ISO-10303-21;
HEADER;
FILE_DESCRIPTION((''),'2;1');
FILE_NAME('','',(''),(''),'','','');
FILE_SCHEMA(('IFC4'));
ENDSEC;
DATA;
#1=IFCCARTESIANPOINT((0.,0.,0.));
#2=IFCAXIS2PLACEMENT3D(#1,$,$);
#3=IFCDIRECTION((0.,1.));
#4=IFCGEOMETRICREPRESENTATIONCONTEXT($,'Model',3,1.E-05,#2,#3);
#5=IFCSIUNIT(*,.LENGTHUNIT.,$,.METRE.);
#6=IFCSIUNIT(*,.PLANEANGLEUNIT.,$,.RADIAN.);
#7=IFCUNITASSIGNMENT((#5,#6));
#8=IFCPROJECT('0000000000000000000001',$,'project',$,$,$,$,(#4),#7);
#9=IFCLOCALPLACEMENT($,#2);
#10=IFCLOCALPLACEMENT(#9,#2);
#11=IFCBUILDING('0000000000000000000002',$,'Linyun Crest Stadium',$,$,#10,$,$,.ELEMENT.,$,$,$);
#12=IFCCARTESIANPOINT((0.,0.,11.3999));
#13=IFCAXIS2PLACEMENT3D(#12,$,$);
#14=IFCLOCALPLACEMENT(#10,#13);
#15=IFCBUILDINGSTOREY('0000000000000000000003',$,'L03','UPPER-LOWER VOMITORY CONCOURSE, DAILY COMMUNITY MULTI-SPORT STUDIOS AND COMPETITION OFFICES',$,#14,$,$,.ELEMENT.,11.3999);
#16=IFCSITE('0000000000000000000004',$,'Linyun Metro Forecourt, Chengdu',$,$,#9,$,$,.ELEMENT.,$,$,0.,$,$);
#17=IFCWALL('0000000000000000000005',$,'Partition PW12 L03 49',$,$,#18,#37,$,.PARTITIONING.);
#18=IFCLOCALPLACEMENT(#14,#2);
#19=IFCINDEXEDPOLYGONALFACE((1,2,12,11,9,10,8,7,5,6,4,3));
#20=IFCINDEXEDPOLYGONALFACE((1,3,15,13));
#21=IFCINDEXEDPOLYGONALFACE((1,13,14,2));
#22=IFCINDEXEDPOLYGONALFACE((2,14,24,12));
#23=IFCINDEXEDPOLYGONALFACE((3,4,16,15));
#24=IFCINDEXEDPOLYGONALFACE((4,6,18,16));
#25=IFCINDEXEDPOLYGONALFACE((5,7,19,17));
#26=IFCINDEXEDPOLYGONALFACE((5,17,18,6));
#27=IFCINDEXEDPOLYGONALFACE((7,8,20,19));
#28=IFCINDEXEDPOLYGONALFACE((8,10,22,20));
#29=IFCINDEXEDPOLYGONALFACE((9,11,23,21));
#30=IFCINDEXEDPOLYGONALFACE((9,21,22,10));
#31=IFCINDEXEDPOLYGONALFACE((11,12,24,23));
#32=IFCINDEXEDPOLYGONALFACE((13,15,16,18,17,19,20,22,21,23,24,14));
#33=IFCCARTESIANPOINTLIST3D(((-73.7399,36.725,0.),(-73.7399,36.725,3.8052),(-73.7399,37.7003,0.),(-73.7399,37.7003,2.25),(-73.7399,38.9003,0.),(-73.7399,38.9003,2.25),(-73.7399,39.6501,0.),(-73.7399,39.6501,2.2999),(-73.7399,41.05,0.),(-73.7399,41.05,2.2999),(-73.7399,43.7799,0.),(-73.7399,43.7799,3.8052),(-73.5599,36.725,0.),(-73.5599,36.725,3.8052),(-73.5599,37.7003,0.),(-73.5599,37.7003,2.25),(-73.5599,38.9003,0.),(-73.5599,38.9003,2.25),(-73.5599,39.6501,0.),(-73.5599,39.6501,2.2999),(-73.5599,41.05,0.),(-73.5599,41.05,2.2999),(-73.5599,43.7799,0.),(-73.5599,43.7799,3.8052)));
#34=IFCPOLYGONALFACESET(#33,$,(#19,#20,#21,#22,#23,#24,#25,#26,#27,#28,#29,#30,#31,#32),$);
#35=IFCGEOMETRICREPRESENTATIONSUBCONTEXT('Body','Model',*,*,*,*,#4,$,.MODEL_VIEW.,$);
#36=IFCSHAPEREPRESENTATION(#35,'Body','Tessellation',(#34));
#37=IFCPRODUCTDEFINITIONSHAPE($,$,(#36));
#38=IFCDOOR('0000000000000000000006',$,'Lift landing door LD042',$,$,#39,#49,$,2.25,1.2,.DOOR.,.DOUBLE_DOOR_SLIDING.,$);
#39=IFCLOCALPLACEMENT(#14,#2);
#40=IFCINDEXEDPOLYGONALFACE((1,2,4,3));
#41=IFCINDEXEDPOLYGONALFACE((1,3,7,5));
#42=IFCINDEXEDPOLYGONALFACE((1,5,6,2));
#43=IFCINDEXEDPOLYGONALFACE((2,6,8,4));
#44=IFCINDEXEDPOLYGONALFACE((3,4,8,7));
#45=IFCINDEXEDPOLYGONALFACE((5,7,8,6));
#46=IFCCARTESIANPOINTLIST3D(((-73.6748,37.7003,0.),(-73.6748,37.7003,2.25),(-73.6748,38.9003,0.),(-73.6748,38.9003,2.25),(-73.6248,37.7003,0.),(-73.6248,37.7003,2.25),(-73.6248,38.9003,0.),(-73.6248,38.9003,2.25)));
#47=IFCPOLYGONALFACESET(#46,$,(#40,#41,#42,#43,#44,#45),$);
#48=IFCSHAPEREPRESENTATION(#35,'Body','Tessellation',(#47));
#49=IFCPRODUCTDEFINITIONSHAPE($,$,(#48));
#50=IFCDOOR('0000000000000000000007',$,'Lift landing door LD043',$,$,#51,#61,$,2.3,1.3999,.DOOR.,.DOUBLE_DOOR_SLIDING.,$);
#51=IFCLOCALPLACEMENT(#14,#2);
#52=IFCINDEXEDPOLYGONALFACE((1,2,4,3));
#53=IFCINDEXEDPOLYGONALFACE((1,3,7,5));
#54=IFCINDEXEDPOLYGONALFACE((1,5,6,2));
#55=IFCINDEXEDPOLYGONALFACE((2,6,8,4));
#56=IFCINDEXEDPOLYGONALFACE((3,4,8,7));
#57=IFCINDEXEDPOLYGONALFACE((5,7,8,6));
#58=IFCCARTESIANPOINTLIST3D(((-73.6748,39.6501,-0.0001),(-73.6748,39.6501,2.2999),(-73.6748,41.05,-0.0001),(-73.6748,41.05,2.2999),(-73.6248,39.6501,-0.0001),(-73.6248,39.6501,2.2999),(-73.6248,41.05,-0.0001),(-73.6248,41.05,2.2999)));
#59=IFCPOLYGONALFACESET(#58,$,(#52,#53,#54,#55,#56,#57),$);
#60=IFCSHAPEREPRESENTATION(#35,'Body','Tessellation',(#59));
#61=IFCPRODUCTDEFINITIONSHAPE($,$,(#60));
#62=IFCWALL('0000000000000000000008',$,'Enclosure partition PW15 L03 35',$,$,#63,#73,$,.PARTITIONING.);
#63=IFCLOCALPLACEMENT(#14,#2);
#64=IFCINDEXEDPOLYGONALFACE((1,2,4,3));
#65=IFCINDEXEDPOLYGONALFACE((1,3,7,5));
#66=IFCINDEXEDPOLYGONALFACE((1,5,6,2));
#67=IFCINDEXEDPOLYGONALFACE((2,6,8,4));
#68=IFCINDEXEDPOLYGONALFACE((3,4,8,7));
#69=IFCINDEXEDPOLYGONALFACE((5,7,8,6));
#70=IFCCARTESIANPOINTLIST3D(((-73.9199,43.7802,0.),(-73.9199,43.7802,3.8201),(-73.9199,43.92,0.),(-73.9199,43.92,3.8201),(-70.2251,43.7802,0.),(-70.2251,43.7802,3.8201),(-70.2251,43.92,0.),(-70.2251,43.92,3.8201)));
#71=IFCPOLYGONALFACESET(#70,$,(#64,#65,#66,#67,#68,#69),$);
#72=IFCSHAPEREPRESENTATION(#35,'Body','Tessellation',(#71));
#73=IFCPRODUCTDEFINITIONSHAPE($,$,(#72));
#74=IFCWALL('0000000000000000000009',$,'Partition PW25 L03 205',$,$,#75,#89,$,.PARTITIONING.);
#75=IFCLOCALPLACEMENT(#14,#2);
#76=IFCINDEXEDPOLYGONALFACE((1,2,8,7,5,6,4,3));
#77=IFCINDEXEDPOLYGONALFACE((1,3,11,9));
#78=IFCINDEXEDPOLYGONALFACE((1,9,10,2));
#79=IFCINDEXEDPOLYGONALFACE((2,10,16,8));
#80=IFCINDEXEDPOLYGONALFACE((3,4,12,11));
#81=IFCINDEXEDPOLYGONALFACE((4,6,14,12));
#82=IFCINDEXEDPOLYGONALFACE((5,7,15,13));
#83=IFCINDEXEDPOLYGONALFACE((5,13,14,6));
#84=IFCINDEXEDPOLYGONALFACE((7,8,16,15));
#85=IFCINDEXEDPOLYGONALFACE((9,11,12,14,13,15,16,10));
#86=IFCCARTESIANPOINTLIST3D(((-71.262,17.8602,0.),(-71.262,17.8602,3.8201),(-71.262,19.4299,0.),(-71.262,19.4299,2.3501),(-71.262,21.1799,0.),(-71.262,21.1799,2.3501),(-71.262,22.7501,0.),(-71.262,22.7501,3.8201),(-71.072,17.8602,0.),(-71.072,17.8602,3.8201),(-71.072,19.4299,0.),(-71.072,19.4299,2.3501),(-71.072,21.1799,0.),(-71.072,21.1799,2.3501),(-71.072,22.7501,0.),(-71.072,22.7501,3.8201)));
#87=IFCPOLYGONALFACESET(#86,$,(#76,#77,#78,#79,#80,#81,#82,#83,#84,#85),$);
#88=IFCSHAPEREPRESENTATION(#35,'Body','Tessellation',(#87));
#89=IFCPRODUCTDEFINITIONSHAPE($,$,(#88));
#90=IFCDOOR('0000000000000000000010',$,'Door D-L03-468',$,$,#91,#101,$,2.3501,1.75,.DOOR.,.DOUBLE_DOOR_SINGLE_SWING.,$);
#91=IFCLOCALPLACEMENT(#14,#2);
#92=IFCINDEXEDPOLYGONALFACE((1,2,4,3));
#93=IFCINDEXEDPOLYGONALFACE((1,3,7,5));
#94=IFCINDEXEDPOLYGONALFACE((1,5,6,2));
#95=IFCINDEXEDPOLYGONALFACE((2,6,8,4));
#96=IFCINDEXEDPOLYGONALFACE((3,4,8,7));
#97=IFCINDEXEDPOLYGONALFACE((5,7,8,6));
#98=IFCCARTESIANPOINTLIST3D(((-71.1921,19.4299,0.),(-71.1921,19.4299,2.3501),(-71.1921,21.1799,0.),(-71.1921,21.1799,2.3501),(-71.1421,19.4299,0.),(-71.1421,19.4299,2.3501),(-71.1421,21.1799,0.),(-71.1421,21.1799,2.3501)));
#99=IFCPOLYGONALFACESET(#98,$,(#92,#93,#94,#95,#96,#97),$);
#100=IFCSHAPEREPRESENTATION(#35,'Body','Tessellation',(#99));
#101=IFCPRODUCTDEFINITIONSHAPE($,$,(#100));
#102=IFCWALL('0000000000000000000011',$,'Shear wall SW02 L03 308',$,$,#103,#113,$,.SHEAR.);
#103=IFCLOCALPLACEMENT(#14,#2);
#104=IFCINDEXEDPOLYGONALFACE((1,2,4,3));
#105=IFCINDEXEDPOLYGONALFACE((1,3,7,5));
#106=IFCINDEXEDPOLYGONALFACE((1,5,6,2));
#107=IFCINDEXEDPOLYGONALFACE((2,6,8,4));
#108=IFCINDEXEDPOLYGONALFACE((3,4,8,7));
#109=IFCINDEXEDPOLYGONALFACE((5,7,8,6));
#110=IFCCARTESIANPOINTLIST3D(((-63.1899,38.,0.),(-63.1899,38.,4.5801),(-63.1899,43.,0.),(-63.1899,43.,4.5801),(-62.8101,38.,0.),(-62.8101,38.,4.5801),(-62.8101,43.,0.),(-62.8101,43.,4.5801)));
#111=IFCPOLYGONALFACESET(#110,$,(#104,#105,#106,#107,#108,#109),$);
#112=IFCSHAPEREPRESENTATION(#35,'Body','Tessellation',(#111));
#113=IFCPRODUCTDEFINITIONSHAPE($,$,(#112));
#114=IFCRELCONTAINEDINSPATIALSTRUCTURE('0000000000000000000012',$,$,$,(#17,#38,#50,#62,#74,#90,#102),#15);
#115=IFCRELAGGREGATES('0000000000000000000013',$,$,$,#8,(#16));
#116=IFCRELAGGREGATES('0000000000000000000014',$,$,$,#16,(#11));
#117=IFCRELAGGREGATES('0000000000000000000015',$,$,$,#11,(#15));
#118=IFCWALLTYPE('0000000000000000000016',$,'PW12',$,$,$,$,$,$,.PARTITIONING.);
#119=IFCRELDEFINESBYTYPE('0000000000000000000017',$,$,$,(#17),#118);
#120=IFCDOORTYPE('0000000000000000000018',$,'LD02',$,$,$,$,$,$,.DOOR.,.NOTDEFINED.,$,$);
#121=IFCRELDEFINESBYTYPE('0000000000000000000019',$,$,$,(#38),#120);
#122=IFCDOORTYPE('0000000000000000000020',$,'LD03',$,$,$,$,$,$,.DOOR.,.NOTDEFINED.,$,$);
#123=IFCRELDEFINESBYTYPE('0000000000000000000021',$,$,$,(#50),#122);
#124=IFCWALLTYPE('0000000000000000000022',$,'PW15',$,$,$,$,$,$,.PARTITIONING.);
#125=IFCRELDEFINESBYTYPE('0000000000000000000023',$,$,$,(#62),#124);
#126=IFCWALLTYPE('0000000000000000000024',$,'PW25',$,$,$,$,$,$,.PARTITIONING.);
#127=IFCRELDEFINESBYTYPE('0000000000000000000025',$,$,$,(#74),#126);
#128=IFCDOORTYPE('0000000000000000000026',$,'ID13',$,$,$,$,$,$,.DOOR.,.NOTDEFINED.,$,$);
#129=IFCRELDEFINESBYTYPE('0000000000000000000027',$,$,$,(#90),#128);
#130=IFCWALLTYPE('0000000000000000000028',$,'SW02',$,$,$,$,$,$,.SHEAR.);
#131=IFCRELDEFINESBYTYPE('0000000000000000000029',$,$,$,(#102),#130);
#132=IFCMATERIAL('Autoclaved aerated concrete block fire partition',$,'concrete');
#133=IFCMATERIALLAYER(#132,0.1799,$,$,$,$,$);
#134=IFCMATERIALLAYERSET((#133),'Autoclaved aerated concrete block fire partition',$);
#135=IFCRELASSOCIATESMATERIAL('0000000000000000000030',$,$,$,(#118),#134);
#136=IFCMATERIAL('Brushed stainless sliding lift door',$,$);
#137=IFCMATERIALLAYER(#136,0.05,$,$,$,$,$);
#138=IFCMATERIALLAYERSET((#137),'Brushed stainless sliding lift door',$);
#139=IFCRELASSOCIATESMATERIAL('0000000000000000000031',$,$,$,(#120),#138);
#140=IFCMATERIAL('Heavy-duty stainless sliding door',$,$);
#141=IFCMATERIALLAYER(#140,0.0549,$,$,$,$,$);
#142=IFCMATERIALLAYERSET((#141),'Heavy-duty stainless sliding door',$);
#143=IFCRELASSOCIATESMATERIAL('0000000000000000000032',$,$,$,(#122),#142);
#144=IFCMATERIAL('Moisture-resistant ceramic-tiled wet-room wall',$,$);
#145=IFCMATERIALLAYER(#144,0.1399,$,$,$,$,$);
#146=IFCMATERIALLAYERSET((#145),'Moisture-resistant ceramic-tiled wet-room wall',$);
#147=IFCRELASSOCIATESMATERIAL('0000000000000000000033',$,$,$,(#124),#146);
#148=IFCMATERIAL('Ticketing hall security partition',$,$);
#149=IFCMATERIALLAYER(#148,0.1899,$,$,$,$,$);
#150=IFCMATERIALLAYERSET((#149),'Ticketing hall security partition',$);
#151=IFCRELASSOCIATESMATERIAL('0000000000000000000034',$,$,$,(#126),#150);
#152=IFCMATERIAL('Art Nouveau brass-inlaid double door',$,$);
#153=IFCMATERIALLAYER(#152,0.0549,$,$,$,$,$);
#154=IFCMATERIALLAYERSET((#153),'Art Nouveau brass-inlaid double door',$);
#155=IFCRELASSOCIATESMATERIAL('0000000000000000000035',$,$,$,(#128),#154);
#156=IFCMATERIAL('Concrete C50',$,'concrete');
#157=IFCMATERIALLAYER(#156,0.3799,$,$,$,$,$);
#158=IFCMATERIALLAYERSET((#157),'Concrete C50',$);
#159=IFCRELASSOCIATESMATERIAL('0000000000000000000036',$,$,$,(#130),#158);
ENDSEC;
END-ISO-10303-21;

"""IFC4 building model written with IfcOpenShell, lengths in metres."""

from ifc_helpers import new_model, si_unit, direction, frame, frame_2d, origin, place, context, subcontext, project, spatial, rectangle, extrude, material, layer, layer_set, type_object, element, fill, save


model = new_model("IFC4")

# Units and contexts
model_context = context("Model", 3, precision=1e-05, world=origin(), true_north=direction((0.0, 1.0)))
body_context = subcontext(model_context, "Body", "Model", "MODEL_VIEW")
ifc_project = project(units=[si_unit("LENGTHUNIT", "METRE"), si_unit("PLANEANGLEUNIT", "RADIAN")], contexts=[model_context])

# Site, building, storey
site_placement = place(None, origin())
site = spatial("IfcSite", under=ifc_project, at=site_placement, Name="Linyun Metro Forecourt, Chengdu", CompositionType="ELEMENT", RefElevation=0.0)
building_placement = place(site_placement, origin())
building = spatial("IfcBuilding", under=site, at=building_placement, Name="Linyun Crest Stadium", CompositionType="ELEMENT")
storey_placement = place(building_placement, frame((0.0, 0.0, 11.3999)))
storey = spatial("IfcBuildingStorey", under=building, at=storey_placement, Name="L03", Description="UPPER-LOWER VOMITORY CONCOURSE, DAILY COMMUNITY MULTI-SPORT STUDIOS AND COMPETITION OFFICES", CompositionType="ELEMENT", Elevation=11.3999)

# Wall, openings, doors
ifc_material_1 = material(Name="Autoclaved aerated concrete block fire partition", Category="concrete")
ifc_layer_1 = layer(ifc_material_1, 0.1799)
ifc_layer_set_1 = layer_set([ifc_layer_1], Name="Autoclaved aerated concrete block fire partition")
wall_type_1 = type_object("IfcWallType", Name="PW12", PredefinedType="PARTITIONING", material=ifc_layer_set_1)
wall_1_placement = place(storey_placement, frame((-73.6499, 36.7251, 0.0), z_axis=(0.0, 0.0, 1.0), x_axis=(0.0, 1.0, 0.0)))
wall_1 = element("IfcWall", 1, at=wall_1_placement, inside=storey, type_object=wall_type_1, Name="Partition PW12 L03 49", PredefinedType="PARTITIONING", context=body_context, shape_type="SweptSolid", body=[
    extrude(rectangle(XDim=7.0549, YDim=0.1799, at=frame_2d((3.5273, 0.0))), origin(), (0.0, 0.0, 1.0), 3.8052),
])
opening_1_placement = place(wall_1_placement, frame((0.9751, 0.0, 0.0)))
opening_1 = element("IfcOpeningElement", 2, at=opening_1_placement, cuts=wall_1, PredefinedType="OPENING", context=body_context, shape_type="SweptSolid", body=[
    extrude(rectangle(XDim=1.2, YDim=2.25, at=frame_2d((0.6001, 1.125))), frame((0.0, 0.0999, 0.0), z_axis=(0.0, -1.0, 0.0), x_axis=(1.0, 0.0, 0.0)), (0.0, 0.0, 1.0), 0.2),
])
opening_2_placement = place(wall_1_placement, frame((2.925, 0.0, 0.0)))
opening_2 = element("IfcOpeningElement", 3, at=opening_2_placement, cuts=wall_1, PredefinedType="OPENING", context=body_context, shape_type="SweptSolid", body=[
    extrude(rectangle(XDim=1.3999, YDim=2.3, at=frame_2d((0.7, 1.1499))), frame((0.0, 0.0999, 0.0), z_axis=(0.0, -1.0, 0.0), x_axis=(1.0, 0.0, 0.0)), (0.0, 0.0, 1.0), 0.2),
])
ifc_material_2 = material(Name="Brushed stainless sliding lift door")
ifc_layer_2 = layer(ifc_material_2, 0.05)
ifc_layer_set_2 = layer_set([ifc_layer_2], Name="Brushed stainless sliding lift door")
door_type_1 = type_object("IfcDoorType", Name="LD02", OperationType="NOTDEFINED", PredefinedType="DOOR", material=ifc_layer_set_2)
door_1_placement = place(opening_1_placement, origin())
door_1 = element("IfcDoor", 4, at=door_1_placement, inside=storey, type_object=door_type_1, Name="Lift landing door LD042", OperationType="DOUBLE_DOOR_SLIDING", OverallHeight=2.25, OverallWidth=1.2, PredefinedType="DOOR", context=body_context, shape_type="SweptSolid", body=[
    extrude(rectangle(XDim=1.2, YDim=2.25, at=frame_2d((0.6001, 1.125))), frame((0.0, 0.0249, 0.0), z_axis=(0.0, -1.0, 0.0), x_axis=(1.0, 0.0, 0.0)), (0.0, 0.0, 1.0), 0.05),
])
fill(opening_1, door_1)
ifc_material_3 = material(Name="Heavy-duty stainless sliding door")
ifc_layer_3 = layer(ifc_material_3, 0.0549)
ifc_layer_set_3 = layer_set([ifc_layer_3], Name="Heavy-duty stainless sliding door")
door_type_2 = type_object("IfcDoorType", Name="LD03", OperationType="NOTDEFINED", PredefinedType="DOOR", material=ifc_layer_set_3)
door_2_placement = place(opening_2_placement, origin())
door_2 = element("IfcDoor", 5, at=door_2_placement, inside=storey, type_object=door_type_2, Name="Lift landing door LD043", OperationType="DOUBLE_DOOR_SLIDING", OverallHeight=2.3, OverallWidth=1.3999, PredefinedType="DOOR", context=body_context, shape_type="SweptSolid", body=[
    extrude(rectangle(XDim=1.3999, YDim=2.3, at=frame_2d((0.7, 1.1499))), frame((0.0, 0.0249, 0.0), z_axis=(0.0, -1.0, 0.0), x_axis=(1.0, 0.0, 0.0)), (0.0, 0.0, 1.0), 0.05),
])
fill(opening_2, door_2)

# Wall
ifc_material_4 = material(Name="Moisture-resistant ceramic-tiled wet-room wall")
ifc_layer_4 = layer(ifc_material_4, 0.1399)
ifc_layer_set_4 = layer_set([ifc_layer_4], Name="Moisture-resistant ceramic-tiled wet-room wall")
wall_type_2 = type_object("IfcWallType", Name="PW15", PredefinedType="PARTITIONING", material=ifc_layer_set_4)
wall_2_placement = place(storey_placement, frame((-73.9199, 43.8501, 0.0), z_axis=(0.0, 0.0, 1.0), x_axis=(1.0, 0.0, 0.0)))
element("IfcWall", 6, at=wall_2_placement, inside=storey, type_object=wall_type_2, Name="Enclosure partition PW15 L03 35", PredefinedType="PARTITIONING", context=body_context, shape_type="SweptSolid", body=[
    extrude(rectangle(XDim=3.6948, YDim=0.1399, at=frame_2d((1.8474, 0.0))), origin(), (0.0, 0.0, 1.0), 3.8201),
])

# Wall, opening, door
ifc_material_5 = material(Name="Ticketing hall security partition")
ifc_layer_5 = layer(ifc_material_5, 0.1899)
ifc_layer_set_5 = layer_set([ifc_layer_5], Name="Ticketing hall security partition")
wall_type_3 = type_object("IfcWallType", Name="PW25", PredefinedType="PARTITIONING", material=ifc_layer_set_5)
wall_3_placement = place(storey_placement, frame((-71.167, 22.75, 0.0), z_axis=(0.0, 0.0, 1.0), x_axis=(0.0, -1.0, 0.0)))
wall_3 = element("IfcWall", 7, at=wall_3_placement, inside=storey, type_object=wall_type_3, Name="Partition PW25 L03 205", PredefinedType="PARTITIONING", context=body_context, shape_type="SweptSolid", body=[
    extrude(rectangle(XDim=4.8899, YDim=0.1899, at=frame_2d((2.4448, 0.0))), origin(), (0.0, 0.0, 1.0), 3.8201),
])
opening_3_placement = place(wall_3_placement, frame((1.5701, 0.0, 0.0)))
opening_3 = element("IfcOpeningElement", 8, at=opening_3_placement, cuts=wall_3, PredefinedType="OPENING", context=body_context, shape_type="SweptSolid", body=[
    extrude(rectangle(XDim=1.75, YDim=2.3501, at=frame_2d((0.875, 1.175))), frame((0.0, 0.105, 0.0), z_axis=(0.0, -1.0, 0.0), x_axis=(1.0, 0.0, 0.0)), (0.0, 0.0, 1.0), 0.21),
])
ifc_material_6 = material(Name="Art Nouveau brass-inlaid double door")
ifc_layer_6 = layer(ifc_material_6, 0.0549)
ifc_layer_set_6 = layer_set([ifc_layer_6], Name="Art Nouveau brass-inlaid double door")
door_type_3 = type_object("IfcDoorType", Name="ID13", OperationType="NOTDEFINED", PredefinedType="DOOR", material=ifc_layer_set_6)
door_3_placement = place(opening_3_placement, origin())
door_3 = element("IfcDoor", 9, at=door_3_placement, inside=storey, type_object=door_type_3, Name="Door D-L03-468", OperationType="DOUBLE_DOOR_SINGLE_SWING", OverallHeight=2.3501, OverallWidth=1.75, PredefinedType="DOOR", context=body_context, shape_type="SweptSolid", body=[
    extrude(rectangle(XDim=1.75, YDim=2.3501, at=frame_2d((0.875, 1.175))), frame((0.0, 0.0249, 0.0), z_axis=(0.0, -1.0, 0.0), x_axis=(1.0, 0.0, 0.0)), (0.0, 0.0, 1.0), 0.05),
])
fill(opening_3, door_3)

# Wall
ifc_material_7 = material(Name="Concrete C50", Category="concrete")
ifc_layer_7 = layer(ifc_material_7, 0.3799)
ifc_layer_set_7 = layer_set([ifc_layer_7], Name="Concrete C50")
wall_type_4 = type_object("IfcWallType", Name="SW02", PredefinedType="SHEAR", material=ifc_layer_set_7)
wall_4_placement = place(storey_placement, frame((-63.0, 38.0, 0.0), z_axis=(0.0, 0.0, 1.0), x_axis=(0.0, 1.0, 0.0)))
element("IfcWall", 10, at=wall_4_placement, inside=storey, type_object=wall_type_4, Name="Shear wall SW02 L03 308", PredefinedType="SHEAR", context=body_context, shape_type="SweptSolid", body=[
    extrude(rectangle(XDim=5.0, YDim=0.3799, at=frame_2d((2.5, 0.0))), origin(), (0.0, 0.0, 1.0), 4.5801),
])

save(model, "model.ifc")
